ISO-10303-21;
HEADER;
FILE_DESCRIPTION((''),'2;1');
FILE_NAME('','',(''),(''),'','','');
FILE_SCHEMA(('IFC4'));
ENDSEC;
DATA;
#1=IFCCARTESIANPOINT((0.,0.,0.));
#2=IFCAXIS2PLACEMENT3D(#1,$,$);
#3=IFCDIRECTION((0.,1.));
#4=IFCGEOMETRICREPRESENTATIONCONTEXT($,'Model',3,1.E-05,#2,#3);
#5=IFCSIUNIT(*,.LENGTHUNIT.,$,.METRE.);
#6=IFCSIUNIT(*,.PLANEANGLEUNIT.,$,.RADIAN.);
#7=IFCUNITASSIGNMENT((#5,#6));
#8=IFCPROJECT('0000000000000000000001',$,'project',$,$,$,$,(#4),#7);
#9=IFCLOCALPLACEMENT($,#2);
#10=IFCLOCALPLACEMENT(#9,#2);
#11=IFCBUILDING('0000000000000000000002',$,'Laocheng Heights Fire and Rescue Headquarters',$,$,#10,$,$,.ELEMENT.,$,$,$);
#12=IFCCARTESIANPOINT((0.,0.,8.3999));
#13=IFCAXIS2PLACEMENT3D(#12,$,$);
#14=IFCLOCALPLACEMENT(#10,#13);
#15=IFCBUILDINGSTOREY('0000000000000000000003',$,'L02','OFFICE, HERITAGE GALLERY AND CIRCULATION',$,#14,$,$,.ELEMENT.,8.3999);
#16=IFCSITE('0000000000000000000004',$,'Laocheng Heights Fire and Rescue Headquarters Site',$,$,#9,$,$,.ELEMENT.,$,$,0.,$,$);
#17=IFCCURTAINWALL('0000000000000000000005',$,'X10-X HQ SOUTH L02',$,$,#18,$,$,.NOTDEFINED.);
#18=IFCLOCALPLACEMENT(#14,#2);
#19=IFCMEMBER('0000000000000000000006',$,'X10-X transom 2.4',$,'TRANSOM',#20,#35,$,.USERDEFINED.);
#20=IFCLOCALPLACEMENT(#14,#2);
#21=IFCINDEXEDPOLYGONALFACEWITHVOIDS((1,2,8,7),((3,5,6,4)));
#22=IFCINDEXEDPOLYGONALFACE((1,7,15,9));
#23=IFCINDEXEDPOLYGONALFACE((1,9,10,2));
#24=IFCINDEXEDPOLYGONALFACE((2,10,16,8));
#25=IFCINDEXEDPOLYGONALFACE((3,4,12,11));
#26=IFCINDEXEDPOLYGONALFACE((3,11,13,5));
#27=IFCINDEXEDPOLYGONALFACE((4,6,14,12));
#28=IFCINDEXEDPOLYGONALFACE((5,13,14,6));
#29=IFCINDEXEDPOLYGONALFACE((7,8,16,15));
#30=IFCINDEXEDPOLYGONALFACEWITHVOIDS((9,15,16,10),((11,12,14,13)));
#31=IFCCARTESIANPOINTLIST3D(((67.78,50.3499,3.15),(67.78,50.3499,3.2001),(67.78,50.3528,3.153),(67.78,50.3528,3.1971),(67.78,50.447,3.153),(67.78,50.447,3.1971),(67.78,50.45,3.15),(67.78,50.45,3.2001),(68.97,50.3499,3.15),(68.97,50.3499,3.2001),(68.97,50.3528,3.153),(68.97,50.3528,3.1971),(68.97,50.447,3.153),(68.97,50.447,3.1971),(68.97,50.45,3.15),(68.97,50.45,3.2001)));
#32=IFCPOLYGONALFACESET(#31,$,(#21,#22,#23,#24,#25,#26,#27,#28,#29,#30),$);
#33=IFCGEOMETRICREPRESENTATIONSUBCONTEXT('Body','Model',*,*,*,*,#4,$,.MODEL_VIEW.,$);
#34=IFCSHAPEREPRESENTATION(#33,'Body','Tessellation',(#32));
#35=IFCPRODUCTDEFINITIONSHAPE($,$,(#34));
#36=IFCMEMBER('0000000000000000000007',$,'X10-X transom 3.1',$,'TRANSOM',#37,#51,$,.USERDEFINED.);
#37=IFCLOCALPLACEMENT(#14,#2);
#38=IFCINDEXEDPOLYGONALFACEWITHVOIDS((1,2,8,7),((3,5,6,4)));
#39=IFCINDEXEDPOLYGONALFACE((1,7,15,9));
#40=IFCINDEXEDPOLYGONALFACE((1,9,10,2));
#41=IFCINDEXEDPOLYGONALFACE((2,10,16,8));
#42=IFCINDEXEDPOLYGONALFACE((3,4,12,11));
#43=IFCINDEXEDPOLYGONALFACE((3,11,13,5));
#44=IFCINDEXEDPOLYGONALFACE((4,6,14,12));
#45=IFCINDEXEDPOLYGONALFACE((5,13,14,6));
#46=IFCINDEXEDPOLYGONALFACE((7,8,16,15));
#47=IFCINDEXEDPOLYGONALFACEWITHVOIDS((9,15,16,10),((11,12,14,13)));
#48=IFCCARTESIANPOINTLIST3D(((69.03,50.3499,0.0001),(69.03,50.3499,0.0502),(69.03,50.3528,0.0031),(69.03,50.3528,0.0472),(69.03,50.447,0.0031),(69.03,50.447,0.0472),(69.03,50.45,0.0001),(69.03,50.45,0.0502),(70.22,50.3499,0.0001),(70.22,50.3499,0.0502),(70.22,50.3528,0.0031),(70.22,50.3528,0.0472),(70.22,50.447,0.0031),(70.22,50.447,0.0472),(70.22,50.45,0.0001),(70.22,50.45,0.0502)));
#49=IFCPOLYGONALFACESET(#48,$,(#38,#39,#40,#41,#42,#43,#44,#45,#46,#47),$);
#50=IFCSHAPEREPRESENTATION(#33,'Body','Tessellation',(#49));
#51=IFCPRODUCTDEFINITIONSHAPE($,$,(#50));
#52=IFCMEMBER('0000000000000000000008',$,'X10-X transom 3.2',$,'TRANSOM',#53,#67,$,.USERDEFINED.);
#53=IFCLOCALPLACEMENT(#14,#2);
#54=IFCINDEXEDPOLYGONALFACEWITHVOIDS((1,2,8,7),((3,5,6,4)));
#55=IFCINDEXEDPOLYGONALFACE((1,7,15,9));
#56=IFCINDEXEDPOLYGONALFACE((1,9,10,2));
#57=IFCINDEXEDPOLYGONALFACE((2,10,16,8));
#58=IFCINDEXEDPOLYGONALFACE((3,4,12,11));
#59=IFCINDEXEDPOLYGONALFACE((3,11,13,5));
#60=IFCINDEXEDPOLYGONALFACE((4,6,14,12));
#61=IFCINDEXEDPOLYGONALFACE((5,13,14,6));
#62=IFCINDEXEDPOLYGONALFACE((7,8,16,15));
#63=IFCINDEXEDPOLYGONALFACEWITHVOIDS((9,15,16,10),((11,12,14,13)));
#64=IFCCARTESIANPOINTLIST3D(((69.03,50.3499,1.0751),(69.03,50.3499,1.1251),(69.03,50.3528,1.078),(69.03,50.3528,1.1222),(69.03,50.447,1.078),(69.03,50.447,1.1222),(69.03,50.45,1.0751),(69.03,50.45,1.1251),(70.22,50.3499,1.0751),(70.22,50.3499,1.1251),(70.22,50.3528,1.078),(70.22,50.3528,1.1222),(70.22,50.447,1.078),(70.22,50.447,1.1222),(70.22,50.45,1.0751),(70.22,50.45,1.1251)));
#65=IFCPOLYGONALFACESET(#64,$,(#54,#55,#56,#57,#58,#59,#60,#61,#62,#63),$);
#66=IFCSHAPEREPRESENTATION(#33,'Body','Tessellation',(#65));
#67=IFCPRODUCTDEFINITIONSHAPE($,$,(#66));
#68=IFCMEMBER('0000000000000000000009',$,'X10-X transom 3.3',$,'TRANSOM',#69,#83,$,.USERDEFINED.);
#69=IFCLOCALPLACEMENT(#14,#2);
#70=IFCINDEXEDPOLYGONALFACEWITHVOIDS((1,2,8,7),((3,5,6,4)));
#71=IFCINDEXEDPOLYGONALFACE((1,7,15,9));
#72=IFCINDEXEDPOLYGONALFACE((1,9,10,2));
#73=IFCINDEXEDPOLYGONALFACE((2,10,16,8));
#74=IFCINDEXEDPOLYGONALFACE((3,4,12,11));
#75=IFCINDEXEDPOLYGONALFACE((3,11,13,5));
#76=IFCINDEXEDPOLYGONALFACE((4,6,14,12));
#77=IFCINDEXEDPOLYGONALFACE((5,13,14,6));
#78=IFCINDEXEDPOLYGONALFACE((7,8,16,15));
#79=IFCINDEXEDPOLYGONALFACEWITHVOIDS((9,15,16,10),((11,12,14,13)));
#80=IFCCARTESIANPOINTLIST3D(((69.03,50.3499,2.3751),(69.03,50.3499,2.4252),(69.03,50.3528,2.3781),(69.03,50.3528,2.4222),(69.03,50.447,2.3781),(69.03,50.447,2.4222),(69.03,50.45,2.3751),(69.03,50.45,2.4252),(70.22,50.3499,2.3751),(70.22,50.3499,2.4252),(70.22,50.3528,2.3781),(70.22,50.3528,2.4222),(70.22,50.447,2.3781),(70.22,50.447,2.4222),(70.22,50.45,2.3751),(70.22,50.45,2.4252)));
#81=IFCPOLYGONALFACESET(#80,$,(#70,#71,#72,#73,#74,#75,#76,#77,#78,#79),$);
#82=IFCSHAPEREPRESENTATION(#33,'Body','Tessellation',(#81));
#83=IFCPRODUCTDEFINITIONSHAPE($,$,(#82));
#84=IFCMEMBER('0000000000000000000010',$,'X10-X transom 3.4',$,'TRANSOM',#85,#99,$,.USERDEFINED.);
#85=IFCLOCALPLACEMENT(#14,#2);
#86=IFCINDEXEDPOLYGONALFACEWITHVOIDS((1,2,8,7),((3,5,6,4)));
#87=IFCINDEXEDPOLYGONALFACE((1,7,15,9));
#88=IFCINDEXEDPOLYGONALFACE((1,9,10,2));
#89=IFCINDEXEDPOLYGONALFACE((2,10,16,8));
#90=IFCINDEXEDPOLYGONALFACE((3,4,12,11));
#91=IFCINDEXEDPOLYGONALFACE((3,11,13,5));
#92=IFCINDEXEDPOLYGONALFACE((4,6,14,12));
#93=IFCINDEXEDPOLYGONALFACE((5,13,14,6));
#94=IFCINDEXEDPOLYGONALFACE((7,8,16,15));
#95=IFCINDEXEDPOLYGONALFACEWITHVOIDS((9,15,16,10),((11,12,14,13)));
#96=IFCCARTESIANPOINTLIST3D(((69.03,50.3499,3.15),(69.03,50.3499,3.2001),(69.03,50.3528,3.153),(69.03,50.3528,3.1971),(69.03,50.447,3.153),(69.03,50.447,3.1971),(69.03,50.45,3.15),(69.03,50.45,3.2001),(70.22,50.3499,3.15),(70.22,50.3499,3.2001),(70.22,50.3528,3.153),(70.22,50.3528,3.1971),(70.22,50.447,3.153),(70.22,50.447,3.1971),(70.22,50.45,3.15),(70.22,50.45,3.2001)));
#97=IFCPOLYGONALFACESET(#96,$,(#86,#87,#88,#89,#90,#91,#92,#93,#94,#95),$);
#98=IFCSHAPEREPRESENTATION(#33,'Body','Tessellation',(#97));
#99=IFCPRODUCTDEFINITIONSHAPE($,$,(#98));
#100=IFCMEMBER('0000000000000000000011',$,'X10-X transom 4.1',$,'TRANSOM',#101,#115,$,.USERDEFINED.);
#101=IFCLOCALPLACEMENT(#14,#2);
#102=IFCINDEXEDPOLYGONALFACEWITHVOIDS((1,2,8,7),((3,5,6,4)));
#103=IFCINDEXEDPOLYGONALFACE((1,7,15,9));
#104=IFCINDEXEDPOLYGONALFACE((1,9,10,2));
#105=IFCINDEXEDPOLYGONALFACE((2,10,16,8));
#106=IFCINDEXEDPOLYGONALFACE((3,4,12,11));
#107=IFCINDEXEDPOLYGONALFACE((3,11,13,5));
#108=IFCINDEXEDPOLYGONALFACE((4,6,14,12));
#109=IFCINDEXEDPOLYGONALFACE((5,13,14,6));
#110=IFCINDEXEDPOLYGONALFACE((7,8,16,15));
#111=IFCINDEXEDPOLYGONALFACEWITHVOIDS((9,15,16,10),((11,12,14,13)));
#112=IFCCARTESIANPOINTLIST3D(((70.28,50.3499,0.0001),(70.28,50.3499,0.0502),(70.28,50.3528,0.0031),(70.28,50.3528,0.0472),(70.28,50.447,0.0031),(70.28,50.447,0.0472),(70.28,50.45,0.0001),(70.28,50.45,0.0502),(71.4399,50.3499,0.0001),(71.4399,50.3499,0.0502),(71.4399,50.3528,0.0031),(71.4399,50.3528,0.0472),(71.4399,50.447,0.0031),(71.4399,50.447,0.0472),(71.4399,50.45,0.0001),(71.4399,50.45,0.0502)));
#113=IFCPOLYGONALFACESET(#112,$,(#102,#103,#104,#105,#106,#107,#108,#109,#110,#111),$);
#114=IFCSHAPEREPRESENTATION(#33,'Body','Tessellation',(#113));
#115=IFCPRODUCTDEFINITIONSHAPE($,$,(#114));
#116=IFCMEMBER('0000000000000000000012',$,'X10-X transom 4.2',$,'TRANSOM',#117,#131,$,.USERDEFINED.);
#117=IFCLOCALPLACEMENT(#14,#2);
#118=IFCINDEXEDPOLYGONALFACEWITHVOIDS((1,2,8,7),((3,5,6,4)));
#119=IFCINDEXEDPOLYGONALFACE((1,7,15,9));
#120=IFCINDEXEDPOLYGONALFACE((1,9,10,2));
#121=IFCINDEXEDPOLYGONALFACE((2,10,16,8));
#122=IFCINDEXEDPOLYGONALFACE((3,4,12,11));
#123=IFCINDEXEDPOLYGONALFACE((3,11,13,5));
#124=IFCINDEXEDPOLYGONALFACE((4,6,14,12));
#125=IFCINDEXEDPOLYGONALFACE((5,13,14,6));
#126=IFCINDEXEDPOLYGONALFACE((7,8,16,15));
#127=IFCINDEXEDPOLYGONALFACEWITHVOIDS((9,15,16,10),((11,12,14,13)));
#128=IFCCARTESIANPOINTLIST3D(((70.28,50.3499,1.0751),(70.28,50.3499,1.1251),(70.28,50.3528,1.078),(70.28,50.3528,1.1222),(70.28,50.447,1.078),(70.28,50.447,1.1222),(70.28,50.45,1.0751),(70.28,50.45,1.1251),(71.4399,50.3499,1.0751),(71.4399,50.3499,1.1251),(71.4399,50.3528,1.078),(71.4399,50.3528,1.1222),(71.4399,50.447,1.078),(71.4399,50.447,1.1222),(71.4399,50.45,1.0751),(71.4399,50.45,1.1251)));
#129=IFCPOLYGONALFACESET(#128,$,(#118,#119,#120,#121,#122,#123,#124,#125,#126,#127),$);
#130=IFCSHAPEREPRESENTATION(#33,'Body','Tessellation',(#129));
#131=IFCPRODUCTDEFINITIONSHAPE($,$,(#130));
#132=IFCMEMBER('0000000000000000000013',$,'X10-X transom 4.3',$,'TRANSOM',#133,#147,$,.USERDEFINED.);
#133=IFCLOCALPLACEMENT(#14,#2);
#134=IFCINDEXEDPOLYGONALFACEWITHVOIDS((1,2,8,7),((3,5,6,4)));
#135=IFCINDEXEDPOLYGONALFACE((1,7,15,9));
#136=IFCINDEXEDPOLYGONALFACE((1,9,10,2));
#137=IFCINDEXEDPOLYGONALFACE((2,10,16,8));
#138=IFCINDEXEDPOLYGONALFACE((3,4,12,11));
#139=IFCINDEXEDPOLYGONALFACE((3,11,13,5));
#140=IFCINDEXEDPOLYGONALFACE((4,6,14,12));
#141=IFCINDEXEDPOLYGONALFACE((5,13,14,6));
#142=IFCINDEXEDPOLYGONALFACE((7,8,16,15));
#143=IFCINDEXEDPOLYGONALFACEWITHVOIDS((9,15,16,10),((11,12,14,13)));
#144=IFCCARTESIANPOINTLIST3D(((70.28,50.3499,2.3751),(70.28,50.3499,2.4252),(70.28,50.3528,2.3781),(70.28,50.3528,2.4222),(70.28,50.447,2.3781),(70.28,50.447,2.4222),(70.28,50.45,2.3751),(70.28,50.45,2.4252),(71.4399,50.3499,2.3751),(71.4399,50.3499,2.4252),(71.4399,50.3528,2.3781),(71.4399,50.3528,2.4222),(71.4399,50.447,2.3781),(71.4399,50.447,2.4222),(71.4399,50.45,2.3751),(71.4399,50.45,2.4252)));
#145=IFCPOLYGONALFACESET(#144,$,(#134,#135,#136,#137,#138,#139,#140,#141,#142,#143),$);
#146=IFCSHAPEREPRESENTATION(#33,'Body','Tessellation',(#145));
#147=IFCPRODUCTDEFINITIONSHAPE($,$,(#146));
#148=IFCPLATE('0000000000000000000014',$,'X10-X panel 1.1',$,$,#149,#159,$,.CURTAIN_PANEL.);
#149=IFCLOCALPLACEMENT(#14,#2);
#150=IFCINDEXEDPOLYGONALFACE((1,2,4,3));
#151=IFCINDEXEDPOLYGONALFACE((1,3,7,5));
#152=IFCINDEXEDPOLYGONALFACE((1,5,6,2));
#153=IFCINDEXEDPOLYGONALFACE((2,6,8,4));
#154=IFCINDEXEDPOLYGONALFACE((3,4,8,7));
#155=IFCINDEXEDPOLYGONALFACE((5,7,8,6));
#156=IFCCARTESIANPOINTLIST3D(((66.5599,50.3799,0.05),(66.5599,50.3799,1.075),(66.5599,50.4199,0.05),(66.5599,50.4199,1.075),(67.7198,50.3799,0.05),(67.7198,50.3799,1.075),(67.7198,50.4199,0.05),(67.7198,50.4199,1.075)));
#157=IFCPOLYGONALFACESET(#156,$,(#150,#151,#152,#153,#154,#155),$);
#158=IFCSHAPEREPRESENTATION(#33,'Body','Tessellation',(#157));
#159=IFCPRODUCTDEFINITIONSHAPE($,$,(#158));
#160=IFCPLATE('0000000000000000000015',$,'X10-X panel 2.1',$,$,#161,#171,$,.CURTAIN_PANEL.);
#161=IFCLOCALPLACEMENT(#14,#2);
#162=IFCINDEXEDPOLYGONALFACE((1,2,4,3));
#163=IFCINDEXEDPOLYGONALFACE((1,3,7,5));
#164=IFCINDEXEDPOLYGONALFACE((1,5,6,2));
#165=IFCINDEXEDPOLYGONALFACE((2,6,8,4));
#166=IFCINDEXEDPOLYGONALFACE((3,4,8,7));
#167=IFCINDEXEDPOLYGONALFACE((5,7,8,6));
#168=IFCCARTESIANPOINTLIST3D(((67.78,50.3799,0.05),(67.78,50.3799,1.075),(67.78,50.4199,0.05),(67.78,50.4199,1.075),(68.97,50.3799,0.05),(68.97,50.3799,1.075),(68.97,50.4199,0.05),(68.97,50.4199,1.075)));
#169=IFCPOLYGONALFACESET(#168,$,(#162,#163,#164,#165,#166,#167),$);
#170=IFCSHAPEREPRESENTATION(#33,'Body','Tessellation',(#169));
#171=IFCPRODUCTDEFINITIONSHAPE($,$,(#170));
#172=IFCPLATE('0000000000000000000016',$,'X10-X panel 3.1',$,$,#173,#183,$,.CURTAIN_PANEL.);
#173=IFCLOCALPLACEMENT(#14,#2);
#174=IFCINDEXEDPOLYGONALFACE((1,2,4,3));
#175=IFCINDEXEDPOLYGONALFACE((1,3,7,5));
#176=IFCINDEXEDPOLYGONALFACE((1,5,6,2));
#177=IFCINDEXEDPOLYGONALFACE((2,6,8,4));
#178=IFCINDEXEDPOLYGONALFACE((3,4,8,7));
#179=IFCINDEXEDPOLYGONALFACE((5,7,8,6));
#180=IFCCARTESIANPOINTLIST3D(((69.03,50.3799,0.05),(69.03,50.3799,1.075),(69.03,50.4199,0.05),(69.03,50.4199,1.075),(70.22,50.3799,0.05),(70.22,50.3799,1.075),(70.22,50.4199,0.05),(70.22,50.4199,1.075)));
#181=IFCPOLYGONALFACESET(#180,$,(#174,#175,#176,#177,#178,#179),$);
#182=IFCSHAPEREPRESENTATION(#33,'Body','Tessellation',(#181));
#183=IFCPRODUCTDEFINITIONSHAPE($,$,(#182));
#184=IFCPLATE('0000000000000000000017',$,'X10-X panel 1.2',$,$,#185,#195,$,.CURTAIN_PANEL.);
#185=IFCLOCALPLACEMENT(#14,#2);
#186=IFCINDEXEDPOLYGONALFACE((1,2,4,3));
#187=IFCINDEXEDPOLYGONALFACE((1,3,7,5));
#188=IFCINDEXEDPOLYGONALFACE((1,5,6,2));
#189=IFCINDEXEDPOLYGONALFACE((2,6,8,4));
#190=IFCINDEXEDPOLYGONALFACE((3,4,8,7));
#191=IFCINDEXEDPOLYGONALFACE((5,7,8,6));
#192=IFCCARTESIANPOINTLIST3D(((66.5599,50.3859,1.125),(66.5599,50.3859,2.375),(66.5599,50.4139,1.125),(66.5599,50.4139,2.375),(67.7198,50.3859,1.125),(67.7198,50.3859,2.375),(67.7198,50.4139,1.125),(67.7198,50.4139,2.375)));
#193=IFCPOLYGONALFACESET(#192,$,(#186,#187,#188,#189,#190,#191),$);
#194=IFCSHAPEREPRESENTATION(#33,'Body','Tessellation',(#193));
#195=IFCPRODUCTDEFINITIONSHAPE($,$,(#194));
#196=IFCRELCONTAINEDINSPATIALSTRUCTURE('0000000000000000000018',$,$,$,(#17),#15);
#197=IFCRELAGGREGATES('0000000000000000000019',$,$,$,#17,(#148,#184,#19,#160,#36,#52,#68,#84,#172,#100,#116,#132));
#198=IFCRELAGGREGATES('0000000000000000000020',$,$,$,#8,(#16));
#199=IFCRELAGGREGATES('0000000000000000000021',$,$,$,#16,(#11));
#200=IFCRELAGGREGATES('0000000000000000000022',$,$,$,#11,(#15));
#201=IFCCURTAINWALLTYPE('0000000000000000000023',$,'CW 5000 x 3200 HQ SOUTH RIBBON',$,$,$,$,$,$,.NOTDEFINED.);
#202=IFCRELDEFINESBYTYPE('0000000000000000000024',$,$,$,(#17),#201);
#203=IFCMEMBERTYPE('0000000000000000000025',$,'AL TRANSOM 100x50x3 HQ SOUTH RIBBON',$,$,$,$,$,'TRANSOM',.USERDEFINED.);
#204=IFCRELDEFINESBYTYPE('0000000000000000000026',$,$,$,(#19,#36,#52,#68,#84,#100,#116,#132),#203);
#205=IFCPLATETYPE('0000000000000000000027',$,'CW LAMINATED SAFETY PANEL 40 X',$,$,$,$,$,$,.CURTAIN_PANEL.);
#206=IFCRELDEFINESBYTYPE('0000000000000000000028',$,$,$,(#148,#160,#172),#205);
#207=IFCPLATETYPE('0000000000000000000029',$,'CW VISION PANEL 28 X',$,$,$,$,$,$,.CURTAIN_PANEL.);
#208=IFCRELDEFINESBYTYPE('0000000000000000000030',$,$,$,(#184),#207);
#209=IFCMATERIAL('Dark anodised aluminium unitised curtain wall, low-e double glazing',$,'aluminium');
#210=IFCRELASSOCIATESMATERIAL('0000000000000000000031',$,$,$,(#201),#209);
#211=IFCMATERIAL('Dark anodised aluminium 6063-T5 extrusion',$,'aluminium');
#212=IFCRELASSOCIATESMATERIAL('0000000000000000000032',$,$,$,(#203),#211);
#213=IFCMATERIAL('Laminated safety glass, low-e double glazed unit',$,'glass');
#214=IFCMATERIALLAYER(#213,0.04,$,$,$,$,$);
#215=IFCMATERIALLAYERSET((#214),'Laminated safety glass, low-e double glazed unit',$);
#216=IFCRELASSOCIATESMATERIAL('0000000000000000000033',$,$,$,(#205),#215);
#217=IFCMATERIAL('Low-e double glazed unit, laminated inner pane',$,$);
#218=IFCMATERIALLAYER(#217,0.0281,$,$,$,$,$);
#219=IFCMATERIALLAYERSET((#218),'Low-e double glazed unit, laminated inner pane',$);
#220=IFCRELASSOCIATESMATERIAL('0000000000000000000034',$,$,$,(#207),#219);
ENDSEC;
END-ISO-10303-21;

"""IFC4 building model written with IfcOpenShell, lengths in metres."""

from ifc_helpers import new_model, si_unit, direction, frame, origin, origin_2d, place, context, subcontext, project, spatial, rectangle, hollow_rectangle, extrude, material, layer, layer_set, material_profile, profile_set, type_object, element, aggregate, save


model = new_model("IFC4")

# Units and contexts
model_context = context("Model", 3, precision=1e-05, world=origin(), true_north=direction((0.0, 1.0)))
body_context = subcontext(model_context, "Body", "Model", "MODEL_VIEW")
ifc_project = project(units=[si_unit("LENGTHUNIT", "METRE"), si_unit("PLANEANGLEUNIT", "RADIAN")], contexts=[model_context])

# Site, building, storey
site_placement = place(None, origin())
site = spatial("IfcSite", under=ifc_project, at=site_placement, Name="Laocheng Heights Fire and Rescue Headquarters Site", CompositionType="ELEMENT", RefElevation=0.0)
building_placement = place(site_placement, origin())
building = spatial("IfcBuilding", under=site, at=building_placement, Name="Laocheng Heights Fire and Rescue Headquarters", CompositionType="ELEMENT")
storey_placement = place(building_placement, frame((0.0, 0.0, 8.3999)))
storey = spatial("IfcBuildingStorey", under=building, at=storey_placement, Name="L02", Description="OFFICE, HERITAGE GALLERY AND CIRCULATION", CompositionType="ELEMENT", Elevation=8.3999)

# Curtain wall, members, plates
ifc_material_1 = material(Name="Dark anodised aluminium unitised curtain wall, low-e double glazing", Category="aluminium")
curtain_wall_type = type_object("IfcCurtainWallType", Name="CW 5000 x 3200 HQ SOUTH RIBBON", PredefinedType="NOTDEFINED", material=ifc_material_1)
curtain_wall_placement = place(storey_placement, origin())
curtain_wall = element("IfcCurtainWall", 1, at=curtain_wall_placement, inside=storey, type_object=curtain_wall_type, Name="X10-X HQ SOUTH L02", PredefinedType="NOTDEFINED")
ifc_material_2 = material(Name="Dark anodised aluminium 6063-T5 extrusion", Category="aluminium")
ifc_material_profile_1 = material_profile(ifc_material_2, hollow_rectangle(XDim=0.1001, YDim=0.05, WallThickness=0.0029, at=origin_2d()), Name="AL TRANSOM 100x50x3 HQ SOUTH RIBBON")
ifc_profile_set_1 = profile_set([ifc_material_profile_1], Name="Dark anodised aluminium 6063-T5 extrusion")
member_type_1 = type_object("IfcMemberType", Name="AL TRANSOM 100x50x3 HQ SOUTH RIBBON", ElementType="TRANSOM", PredefinedType="USERDEFINED", material=ifc_profile_set_1)
member_1_placement = place(storey_placement, frame((67.78, 50.3999, 3.175), z_axis=(1.0, 0.0, 0.0), x_axis=(0.0, 1.0, 0.0)))
member_1 = element("IfcMember", 2, at=member_1_placement, type_object=member_type_1, Name="X10-X transom 2.4", ObjectType="TRANSOM", PredefinedType="USERDEFINED", context=body_context, shape_type="SweptSolid", body=[
    extrude(hollow_rectangle(XDim=0.1001, YDim=0.05, WallThickness=0.0029, at=origin_2d()), origin(), (0.0, 0.0, 1.0), 1.1899),
])
member_2_placement = place(storey_placement, frame((69.03, 50.3999, 0.0251), z_axis=(1.0, 0.0, 0.0), x_axis=(0.0, 1.0, 0.0)))
member_2 = element("IfcMember", 3, at=member_2_placement, type_object=member_type_1, Name="X10-X transom 3.1", ObjectType="TRANSOM", PredefinedType="USERDEFINED", context=body_context, shape_type="SweptSolid", body=[
    extrude(hollow_rectangle(XDim=0.1001, YDim=0.05, WallThickness=0.0029, at=origin_2d()), origin(), (0.0, 0.0, 1.0), 1.1899),
])
member_3_placement = place(storey_placement, frame((69.03, 50.3999, 1.1001), z_axis=(1.0, 0.0, 0.0), x_axis=(0.0, 1.0, 0.0)))
member_3 = element("IfcMember", 4, at=member_3_placement, type_object=member_type_1, Name="X10-X transom 3.2", ObjectType="TRANSOM", PredefinedType="USERDEFINED", context=body_context, shape_type="SweptSolid", body=[
    extrude(hollow_rectangle(XDim=0.1001, YDim=0.05, WallThickness=0.0029, at=origin_2d()), origin(), (0.0, 0.0, 1.0), 1.1899),
])
member_4_placement = place(storey_placement, frame((69.03, 50.3999, 2.4001), z_axis=(1.0, 0.0, 0.0), x_axis=(0.0, 1.0, 0.0)))
member_4 = element("IfcMember", 5, at=member_4_placement, type_object=member_type_1, Name="X10-X transom 3.3", ObjectType="TRANSOM", PredefinedType="USERDEFINED", context=body_context, shape_type="SweptSolid", body=[
    extrude(hollow_rectangle(XDim=0.1001, YDim=0.05, WallThickness=0.0029, at=origin_2d()), origin(), (0.0, 0.0, 1.0), 1.1899),
])
member_5_placement = place(storey_placement, frame((69.03, 50.3999, 3.175), z_axis=(1.0, 0.0, 0.0), x_axis=(0.0, 1.0, 0.0)))
member_5 = element("IfcMember", 6, at=member_5_placement, type_object=member_type_1, Name="X10-X transom 3.4", ObjectType="TRANSOM", PredefinedType="USERDEFINED", context=body_context, shape_type="SweptSolid", body=[
    extrude(hollow_rectangle(XDim=0.1001, YDim=0.05, WallThickness=0.0029, at=origin_2d()), origin(), (0.0, 0.0, 1.0), 1.1899),
])
member_6_placement = place(storey_placement, frame((70.28, 50.3999, 0.0251), z_axis=(1.0, 0.0, 0.0), x_axis=(0.0, 1.0, 0.0)))
member_6 = element("IfcMember", 7, at=member_6_placement, type_object=member_type_1, Name="X10-X transom 4.1", ObjectType="TRANSOM", PredefinedType="USERDEFINED", context=body_context, shape_type="SweptSolid", body=[
    extrude(hollow_rectangle(XDim=0.1001, YDim=0.05, WallThickness=0.0029, at=origin_2d()), origin(), (0.0, 0.0, 1.0), 1.1599),
])
member_7_placement = place(storey_placement, frame((70.28, 50.3999, 1.1001), z_axis=(1.0, 0.0, 0.0), x_axis=(0.0, 1.0, 0.0)))
member_7 = element("IfcMember", 8, at=member_7_placement, type_object=member_type_1, Name="X10-X transom 4.2", ObjectType="TRANSOM", PredefinedType="USERDEFINED", context=body_context, shape_type="SweptSolid", body=[
    extrude(hollow_rectangle(XDim=0.1001, YDim=0.05, WallThickness=0.0029, at=origin_2d()), origin(), (0.0, 0.0, 1.0), 1.1599),
])
member_8_placement = place(storey_placement, frame((70.28, 50.3999, 2.4001), z_axis=(1.0, 0.0, 0.0), x_axis=(0.0, 1.0, 0.0)))
member_8 = element("IfcMember", 9, at=member_8_placement, type_object=member_type_1, Name="X10-X transom 4.3", ObjectType="TRANSOM", PredefinedType="USERDEFINED", context=body_context, shape_type="SweptSolid", body=[
    extrude(hollow_rectangle(XDim=0.1001, YDim=0.05, WallThickness=0.0029, at=origin_2d()), origin(), (0.0, 0.0, 1.0), 1.1599),
])
ifc_material_3 = material(Name="Laminated safety glass, low-e double glazed unit", Category="glass")
ifc_layer_1 = layer(ifc_material_3, 0.04)
ifc_layer_set_1 = layer_set([ifc_layer_1], Name="Laminated safety glass, low-e double glazed unit")
plate_type_1 = type_object("IfcPlateType", Name="CW LAMINATED SAFETY PANEL 40 X", PredefinedType="CURTAIN_PANEL", material=ifc_layer_set_1)
plate_1_placement = place(storey_placement, frame((67.1399, 50.3999, 0.05), z_axis=(0.0, 0.0, 1.0), x_axis=(1.0, 0.0, 0.0)))
plate_1 = element("IfcPlate", 10, at=plate_1_placement, type_object=plate_type_1, Name="X10-X panel 1.1", PredefinedType="CURTAIN_PANEL", context=body_context, shape_type="SweptSolid", body=[
    extrude(rectangle(XDim=1.1599, YDim=0.04, at=origin_2d()), origin(), (0.0, 0.0, 1.0), 1.0249),
])
plate_2_placement = place(storey_placement, frame((68.375, 50.3999, 0.05), z_axis=(0.0, 0.0, 1.0), x_axis=(1.0, 0.0, 0.0)))
plate_2 = element("IfcPlate", 11, at=plate_2_placement, type_object=plate_type_1, Name="X10-X panel 2.1", PredefinedType="CURTAIN_PANEL", context=body_context, shape_type="SweptSolid", body=[
    extrude(rectangle(XDim=1.1899, YDim=0.04, at=origin_2d()), origin(), (0.0, 0.0, 1.0), 1.0249),
])
plate_3_placement = place(storey_placement, frame((69.625, 50.3999, 0.05), z_axis=(0.0, 0.0, 1.0), x_axis=(1.0, 0.0, 0.0)))
plate_3 = element("IfcPlate", 12, at=plate_3_placement, type_object=plate_type_1, Name="X10-X panel 3.1", PredefinedType="CURTAIN_PANEL", context=body_context, shape_type="SweptSolid", body=[
    extrude(rectangle(XDim=1.1899, YDim=0.04, at=origin_2d()), origin(), (0.0, 0.0, 1.0), 1.0249),
])
ifc_material_4 = material(Name="Low-e double glazed unit, laminated inner pane")
ifc_layer_2 = layer(ifc_material_4, 0.0281)
ifc_layer_set_2 = layer_set([ifc_layer_2], Name="Low-e double glazed unit, laminated inner pane")
plate_type_2 = type_object("IfcPlateType", Name="CW VISION PANEL 28 X", PredefinedType="CURTAIN_PANEL", material=ifc_layer_set_2)
plate_4_placement = place(storey_placement, frame((67.1399, 50.3999, 1.125), z_axis=(0.0, 0.0, 1.0), x_axis=(1.0, 0.0, 0.0)))
plate_4 = element("IfcPlate", 13, at=plate_4_placement, type_object=plate_type_2, Name="X10-X panel 1.2", PredefinedType="CURTAIN_PANEL", context=body_context, shape_type="SweptSolid", body=[
    extrude(rectangle(XDim=1.1599, YDim=0.0281, at=origin_2d()), origin(), (0.0, 0.0, 1.0), 1.25),
])
aggregate(curtain_wall, [plate_1, plate_4, member_1, plate_2, member_2, member_3, member_4, member_5, plate_3, member_6, member_7, member_8])

save(model, "model.ifc")
